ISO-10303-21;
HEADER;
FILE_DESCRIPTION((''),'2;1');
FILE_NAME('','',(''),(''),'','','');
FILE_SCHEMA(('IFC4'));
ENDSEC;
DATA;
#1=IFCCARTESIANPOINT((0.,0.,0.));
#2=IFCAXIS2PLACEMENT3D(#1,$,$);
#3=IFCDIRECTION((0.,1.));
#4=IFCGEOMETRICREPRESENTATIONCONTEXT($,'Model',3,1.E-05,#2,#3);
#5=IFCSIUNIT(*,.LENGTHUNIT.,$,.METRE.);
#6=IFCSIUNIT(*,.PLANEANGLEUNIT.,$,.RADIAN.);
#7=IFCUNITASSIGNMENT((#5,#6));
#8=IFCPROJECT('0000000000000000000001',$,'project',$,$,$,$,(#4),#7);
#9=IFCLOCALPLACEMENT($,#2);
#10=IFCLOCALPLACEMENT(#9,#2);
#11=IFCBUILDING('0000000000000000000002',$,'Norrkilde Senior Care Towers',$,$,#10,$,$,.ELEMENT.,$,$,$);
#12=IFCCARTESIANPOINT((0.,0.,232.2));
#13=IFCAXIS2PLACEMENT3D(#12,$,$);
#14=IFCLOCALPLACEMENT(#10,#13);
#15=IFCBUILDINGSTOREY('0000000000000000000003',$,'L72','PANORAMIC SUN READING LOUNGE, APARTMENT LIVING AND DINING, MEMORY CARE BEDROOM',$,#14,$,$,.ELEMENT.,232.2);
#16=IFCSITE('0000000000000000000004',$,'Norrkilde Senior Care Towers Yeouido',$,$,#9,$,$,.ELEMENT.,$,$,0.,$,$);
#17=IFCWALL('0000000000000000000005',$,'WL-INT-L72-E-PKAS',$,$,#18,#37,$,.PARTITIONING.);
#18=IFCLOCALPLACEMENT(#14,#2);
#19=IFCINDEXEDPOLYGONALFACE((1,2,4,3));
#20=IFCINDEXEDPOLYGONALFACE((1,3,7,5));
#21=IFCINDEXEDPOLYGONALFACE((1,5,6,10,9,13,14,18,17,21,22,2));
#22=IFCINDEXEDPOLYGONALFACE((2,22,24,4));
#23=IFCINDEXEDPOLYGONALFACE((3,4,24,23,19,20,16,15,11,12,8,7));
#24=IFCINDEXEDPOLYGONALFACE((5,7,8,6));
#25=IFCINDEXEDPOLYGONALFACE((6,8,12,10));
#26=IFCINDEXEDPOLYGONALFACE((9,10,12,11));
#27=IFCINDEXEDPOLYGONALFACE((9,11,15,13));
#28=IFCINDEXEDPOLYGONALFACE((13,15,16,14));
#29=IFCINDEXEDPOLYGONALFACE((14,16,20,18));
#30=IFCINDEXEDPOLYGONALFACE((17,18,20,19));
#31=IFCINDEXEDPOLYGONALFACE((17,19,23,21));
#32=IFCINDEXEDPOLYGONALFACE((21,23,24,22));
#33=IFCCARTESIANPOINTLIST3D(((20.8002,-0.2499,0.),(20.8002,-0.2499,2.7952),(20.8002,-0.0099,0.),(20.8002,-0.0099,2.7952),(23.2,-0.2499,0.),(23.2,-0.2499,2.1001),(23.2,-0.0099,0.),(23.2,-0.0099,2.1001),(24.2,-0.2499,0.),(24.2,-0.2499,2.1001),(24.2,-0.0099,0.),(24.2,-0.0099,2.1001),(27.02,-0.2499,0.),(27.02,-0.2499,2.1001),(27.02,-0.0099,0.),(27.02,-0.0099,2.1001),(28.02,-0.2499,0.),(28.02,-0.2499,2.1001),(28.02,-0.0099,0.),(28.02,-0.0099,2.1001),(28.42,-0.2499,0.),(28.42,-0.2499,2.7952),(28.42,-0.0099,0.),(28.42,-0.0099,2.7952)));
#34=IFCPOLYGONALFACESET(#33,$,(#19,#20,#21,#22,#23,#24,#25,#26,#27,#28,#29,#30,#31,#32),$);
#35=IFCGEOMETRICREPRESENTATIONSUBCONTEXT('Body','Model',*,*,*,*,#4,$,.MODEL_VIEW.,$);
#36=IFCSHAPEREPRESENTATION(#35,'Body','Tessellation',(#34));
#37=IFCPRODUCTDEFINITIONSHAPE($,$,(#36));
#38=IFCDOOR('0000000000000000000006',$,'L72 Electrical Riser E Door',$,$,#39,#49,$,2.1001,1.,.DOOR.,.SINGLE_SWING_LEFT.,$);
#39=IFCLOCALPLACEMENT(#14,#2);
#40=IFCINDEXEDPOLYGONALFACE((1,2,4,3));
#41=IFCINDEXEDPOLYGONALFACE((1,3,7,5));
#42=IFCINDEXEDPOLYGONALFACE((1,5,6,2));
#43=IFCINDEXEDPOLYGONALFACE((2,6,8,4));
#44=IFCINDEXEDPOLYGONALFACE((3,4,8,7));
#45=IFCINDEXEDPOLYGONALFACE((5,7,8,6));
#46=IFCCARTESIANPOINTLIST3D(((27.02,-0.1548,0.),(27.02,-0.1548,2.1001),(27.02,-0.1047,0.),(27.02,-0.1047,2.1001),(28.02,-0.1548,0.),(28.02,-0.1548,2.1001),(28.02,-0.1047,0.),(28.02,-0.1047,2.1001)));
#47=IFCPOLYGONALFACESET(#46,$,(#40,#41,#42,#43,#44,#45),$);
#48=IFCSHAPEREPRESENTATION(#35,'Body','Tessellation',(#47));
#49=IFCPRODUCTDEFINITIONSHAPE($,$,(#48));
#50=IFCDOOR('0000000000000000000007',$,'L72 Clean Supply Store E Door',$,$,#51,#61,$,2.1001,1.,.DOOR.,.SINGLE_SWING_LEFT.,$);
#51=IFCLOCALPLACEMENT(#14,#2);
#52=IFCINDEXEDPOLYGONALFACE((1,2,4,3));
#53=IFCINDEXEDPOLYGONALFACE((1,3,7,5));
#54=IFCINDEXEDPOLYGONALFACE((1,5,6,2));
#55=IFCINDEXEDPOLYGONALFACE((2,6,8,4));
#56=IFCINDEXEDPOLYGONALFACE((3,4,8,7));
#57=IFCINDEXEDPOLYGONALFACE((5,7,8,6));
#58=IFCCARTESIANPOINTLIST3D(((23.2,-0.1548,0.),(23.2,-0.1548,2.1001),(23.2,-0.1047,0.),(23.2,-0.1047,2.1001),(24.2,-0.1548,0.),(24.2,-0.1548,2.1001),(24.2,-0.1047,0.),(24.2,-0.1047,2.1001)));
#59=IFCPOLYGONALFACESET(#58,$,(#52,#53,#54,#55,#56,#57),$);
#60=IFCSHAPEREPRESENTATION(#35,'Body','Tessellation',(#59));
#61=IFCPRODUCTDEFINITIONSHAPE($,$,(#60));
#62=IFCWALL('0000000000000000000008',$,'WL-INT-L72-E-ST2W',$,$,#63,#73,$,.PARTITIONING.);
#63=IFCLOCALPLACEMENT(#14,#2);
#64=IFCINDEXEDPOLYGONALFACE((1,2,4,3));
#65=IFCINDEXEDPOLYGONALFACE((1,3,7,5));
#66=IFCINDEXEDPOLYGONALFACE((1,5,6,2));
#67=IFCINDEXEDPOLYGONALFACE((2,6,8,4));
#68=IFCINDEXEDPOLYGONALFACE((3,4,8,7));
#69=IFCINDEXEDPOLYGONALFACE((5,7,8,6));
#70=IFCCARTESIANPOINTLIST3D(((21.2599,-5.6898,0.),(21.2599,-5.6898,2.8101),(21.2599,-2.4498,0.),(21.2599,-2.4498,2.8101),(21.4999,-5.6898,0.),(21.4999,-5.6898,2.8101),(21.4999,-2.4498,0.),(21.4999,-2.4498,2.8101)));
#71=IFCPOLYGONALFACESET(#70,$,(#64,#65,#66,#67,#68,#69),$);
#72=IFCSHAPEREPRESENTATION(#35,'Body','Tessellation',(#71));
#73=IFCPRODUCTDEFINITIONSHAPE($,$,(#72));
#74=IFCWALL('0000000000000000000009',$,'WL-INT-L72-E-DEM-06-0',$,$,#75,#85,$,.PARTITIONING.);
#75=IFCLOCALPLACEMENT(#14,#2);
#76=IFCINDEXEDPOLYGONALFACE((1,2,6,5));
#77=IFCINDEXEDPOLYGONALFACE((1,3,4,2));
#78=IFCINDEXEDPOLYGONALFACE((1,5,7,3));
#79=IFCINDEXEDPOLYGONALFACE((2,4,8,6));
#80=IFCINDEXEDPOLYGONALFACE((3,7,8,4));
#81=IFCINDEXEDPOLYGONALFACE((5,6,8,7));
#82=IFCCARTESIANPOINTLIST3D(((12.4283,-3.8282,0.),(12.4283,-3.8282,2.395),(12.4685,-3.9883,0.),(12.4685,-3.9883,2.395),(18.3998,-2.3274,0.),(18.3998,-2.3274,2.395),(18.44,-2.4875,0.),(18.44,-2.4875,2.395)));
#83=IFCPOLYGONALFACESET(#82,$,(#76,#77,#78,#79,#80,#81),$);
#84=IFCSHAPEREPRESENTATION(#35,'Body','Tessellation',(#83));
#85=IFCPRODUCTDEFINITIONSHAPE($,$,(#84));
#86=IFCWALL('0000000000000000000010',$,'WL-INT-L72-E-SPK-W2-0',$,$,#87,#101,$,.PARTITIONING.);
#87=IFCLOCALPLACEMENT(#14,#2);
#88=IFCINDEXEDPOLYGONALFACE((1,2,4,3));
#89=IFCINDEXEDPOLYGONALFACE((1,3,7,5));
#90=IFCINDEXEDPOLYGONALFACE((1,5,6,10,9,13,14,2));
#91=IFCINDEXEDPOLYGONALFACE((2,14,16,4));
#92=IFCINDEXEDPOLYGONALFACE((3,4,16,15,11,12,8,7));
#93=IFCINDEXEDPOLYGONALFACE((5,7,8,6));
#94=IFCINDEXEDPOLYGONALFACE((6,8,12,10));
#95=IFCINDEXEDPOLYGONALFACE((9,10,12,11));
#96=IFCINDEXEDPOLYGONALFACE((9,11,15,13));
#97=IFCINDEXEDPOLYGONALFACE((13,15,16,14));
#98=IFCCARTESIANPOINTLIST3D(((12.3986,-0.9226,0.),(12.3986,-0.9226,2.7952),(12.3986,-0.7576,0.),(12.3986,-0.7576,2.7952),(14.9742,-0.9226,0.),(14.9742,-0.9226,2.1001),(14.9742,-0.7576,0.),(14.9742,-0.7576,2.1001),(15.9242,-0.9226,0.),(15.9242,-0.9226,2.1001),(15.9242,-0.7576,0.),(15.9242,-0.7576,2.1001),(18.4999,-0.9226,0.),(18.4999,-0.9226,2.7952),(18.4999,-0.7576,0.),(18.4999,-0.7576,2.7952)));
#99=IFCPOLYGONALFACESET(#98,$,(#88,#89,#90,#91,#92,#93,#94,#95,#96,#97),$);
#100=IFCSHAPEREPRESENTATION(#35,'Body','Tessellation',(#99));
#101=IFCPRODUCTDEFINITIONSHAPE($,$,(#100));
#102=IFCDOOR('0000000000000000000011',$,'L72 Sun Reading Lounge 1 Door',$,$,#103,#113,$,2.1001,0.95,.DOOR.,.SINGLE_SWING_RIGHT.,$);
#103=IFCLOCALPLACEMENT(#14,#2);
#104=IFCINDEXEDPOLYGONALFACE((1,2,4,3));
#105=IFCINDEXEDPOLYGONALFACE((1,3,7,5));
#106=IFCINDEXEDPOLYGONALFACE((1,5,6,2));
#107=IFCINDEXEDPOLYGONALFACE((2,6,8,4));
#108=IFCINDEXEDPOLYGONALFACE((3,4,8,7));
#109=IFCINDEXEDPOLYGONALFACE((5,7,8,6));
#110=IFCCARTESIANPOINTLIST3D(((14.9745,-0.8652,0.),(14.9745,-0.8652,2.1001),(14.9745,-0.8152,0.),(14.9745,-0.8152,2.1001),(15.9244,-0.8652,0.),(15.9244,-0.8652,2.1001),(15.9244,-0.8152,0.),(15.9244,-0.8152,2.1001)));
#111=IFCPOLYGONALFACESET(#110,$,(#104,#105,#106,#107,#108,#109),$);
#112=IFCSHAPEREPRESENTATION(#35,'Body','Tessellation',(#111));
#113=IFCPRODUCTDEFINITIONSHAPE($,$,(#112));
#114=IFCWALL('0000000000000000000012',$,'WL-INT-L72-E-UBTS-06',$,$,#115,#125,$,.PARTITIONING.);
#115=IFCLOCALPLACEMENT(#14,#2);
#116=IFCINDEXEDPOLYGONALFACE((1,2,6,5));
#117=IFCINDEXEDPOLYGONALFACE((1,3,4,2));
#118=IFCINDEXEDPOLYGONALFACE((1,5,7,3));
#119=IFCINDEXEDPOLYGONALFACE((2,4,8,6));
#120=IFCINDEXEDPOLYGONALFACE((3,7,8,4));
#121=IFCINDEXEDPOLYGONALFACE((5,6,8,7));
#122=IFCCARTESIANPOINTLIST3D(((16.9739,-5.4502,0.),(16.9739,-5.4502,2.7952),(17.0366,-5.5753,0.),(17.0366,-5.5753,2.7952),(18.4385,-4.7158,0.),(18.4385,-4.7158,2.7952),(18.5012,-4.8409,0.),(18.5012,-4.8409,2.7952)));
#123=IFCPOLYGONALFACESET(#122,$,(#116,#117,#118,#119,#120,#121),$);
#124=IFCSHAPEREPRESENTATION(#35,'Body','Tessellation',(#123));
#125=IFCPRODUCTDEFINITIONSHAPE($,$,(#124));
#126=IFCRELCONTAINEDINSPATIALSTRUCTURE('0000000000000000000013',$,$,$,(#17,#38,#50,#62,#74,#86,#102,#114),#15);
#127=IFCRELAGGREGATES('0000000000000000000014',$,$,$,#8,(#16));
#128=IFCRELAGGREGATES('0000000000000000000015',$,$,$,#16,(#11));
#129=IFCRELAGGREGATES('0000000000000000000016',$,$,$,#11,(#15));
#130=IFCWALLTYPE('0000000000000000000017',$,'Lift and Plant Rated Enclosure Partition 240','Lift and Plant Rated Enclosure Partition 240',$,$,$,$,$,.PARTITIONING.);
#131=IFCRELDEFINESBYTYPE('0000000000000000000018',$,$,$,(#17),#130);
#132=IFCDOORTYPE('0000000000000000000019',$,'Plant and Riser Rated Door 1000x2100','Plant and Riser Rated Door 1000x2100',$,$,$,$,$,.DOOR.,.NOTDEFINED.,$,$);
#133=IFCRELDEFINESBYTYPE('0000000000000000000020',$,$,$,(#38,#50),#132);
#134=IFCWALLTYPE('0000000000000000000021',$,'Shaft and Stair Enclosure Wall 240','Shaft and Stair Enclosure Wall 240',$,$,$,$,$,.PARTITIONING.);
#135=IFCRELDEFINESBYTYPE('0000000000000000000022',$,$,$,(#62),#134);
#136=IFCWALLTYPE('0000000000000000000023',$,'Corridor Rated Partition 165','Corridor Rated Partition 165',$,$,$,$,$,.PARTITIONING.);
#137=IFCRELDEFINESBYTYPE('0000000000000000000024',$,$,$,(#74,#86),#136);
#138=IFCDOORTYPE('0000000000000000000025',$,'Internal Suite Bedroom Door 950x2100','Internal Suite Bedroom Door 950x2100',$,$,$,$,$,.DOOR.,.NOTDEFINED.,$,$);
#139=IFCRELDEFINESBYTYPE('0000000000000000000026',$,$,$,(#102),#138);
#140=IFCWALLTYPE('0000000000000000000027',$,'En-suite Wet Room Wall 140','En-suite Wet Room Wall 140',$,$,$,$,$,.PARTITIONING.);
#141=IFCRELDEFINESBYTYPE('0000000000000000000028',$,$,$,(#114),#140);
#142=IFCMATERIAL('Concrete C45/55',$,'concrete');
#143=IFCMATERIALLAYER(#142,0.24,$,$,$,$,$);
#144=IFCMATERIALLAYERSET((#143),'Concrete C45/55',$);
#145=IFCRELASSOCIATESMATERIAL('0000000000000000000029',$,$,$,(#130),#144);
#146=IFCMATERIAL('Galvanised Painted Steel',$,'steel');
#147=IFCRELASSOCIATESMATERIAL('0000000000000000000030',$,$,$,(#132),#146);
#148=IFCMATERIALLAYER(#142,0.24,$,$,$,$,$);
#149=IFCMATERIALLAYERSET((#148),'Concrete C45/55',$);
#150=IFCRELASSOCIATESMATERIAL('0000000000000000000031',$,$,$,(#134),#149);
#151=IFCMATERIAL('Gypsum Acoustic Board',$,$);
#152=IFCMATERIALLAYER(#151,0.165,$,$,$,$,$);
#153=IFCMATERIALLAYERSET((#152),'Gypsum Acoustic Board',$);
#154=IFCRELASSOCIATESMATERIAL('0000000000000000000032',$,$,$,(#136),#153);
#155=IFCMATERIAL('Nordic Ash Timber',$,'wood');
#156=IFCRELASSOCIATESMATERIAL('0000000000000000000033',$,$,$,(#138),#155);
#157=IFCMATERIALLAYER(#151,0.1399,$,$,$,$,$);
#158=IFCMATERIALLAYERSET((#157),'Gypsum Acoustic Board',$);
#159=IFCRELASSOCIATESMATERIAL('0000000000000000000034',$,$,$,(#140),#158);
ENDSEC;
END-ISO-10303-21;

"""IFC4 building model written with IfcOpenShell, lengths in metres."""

from ifc_helpers import new_model, si_unit, direction, frame, frame_2d, origin, place, context, subcontext, project, spatial, rectangle, extrude, source, transform, mapped, material, layer, layer_set, type_object, type_shapes, element, fill, save


model = new_model("IFC4")

# Units and contexts
model_context = context("Model", 3, precision=1e-05, world=origin(), true_north=direction((0.0, 1.0)))
body_context = subcontext(model_context, "Body", "Model", "MODEL_VIEW")
ifc_project = project(units=[si_unit("LENGTHUNIT", "METRE"), si_unit("PLANEANGLEUNIT", "RADIAN")], contexts=[model_context])

# Site, building, storey
site_placement = place(None, origin())
site = spatial("IfcSite", under=ifc_project, at=site_placement, Name="Norrkilde Senior Care Towers Yeouido", CompositionType="ELEMENT", RefElevation=0.0)
building_placement = place(site_placement, origin())
building = spatial("IfcBuilding", under=site, at=building_placement, Name="Norrkilde Senior Care Towers", CompositionType="ELEMENT")
storey_placement = place(building_placement, frame((0.0, 0.0, 232.2)))
storey = spatial("IfcBuildingStorey", under=building, at=storey_placement, Name="L72", Description="PANORAMIC SUN READING LOUNGE, APARTMENT LIVING AND DINING, MEMORY CARE BEDROOM", CompositionType="ELEMENT", Elevation=232.2)

# Shared definitions
ifc_material_1 = material(Name="Galvanised Painted Steel", Category="steel")

# Wall, openings, doors
ifc_material_2 = material(Name="Concrete C45/55", Category="concrete")
ifc_layer_1 = layer(ifc_material_2, 0.24)
ifc_layer_set_1 = layer_set([ifc_layer_1], Name="Concrete C45/55")
wall_type_1 = type_object("IfcWallType", Name="Lift and Plant Rated Enclosure Partition 240", Description="Lift and Plant Rated Enclosure Partition 240", PredefinedType="PARTITIONING", material=ifc_layer_set_1)
shared_shape_1 = source(origin(), body_context, "Body", "SweptSolid", [
    extrude(rectangle(XDim=7.6199, YDim=0.24, at=frame_2d((3.8101, 0.0))), origin(), (0.0, 0.0, 1.0), 2.7952),
])
type_shapes(wall_type_1, [shared_shape_1])
wall_1_placement = place(storey_placement, frame((20.8, -0.1299, 0.0), z_axis=(0.0, 0.0, 1.0), x_axis=(1.0, 0.0, 0.0)))
wall_1 = element("IfcWall", 1, at=wall_1_placement, inside=storey, type_object=wall_type_1, Name="WL-INT-L72-E-PKAS", PredefinedType="PARTITIONING", context=body_context, shape_type="MappedRepresentation", body=[
    mapped(shared_shape_1, transform((0.0, 0.0, 0.0), x_axis=(1.0, 0.0, 0.0), y_axis=(0.0, 1.0, 0.0), z_axis=(0.0, 0.0, 1.0), scale=1.0)),
])
opening_1_placement = place(wall_1_placement, frame((6.22, 0.0, 0.0)))
opening_1 = element("IfcOpeningElement", 2, at=opening_1_placement, cuts=wall_1, PredefinedType="OPENING", context=body_context, shape_type="SweptSolid", body=[
    extrude(rectangle(XDim=1.0, YDim=2.1001, at=frame_2d((0.5, 1.05))), frame((0.0, 0.1299, 0.0), z_axis=(0.0, -1.0, 0.0), x_axis=(1.0, 0.0, 0.0)), (0.0, 0.0, 1.0), 0.26),
])
opening_2_placement = place(wall_1_placement, frame((2.3999, 0.0, 0.0)))
opening_2 = element("IfcOpeningElement", 3, at=opening_2_placement, cuts=wall_1, PredefinedType="OPENING", context=body_context, shape_type="SweptSolid", body=[
    extrude(rectangle(XDim=1.0, YDim=2.1001, at=frame_2d((0.5, 1.05))), frame((0.0, 0.1299, 0.0), z_axis=(0.0, -1.0, 0.0), x_axis=(1.0, 0.0, 0.0)), (0.0, 0.0, 1.0), 0.26),
])
door_type_1 = type_object("IfcDoorType", Name="Plant and Riser Rated Door 1000x2100", Description="Plant and Riser Rated Door 1000x2100", OperationType="NOTDEFINED", PredefinedType="DOOR", material=ifc_material_1)
shared_shape_2 = source(origin(), body_context, "Body", "SweptSolid", [
    extrude(rectangle(XDim=1.0, YDim=2.1001, at=frame_2d((0.5, 1.05))), frame((0.0, 0.0249, 0.0), z_axis=(0.0, -1.0, 0.0), x_axis=(1.0, 0.0, 0.0)), (0.0, 0.0, 1.0), 0.05),
])
type_shapes(door_type_1, [shared_shape_2])
door_1_placement = place(opening_1_placement, frame((1.0, 0.0, 0.0), z_axis=(0.0, 0.0, 1.0), x_axis=(-1.0, 0.0, 0.0)))
door_1 = element("IfcDoor", 4, at=door_1_placement, inside=storey, type_object=door_type_1, Name="L72 Electrical Riser E Door", OperationType="SINGLE_SWING_LEFT", OverallHeight=2.1001, OverallWidth=1.0, PredefinedType="DOOR", context=body_context, shape_type="MappedRepresentation", body=[
    mapped(shared_shape_2, transform((0.0, 0.0, 0.0), x_axis=(1.0, 0.0, 0.0), y_axis=(0.0, 1.0, 0.0), z_axis=(0.0, 0.0, 1.0), scale=1.0)),
])
fill(opening_1, door_1)
door_2_placement = place(opening_2_placement, frame((1.0, 0.0, 0.0), z_axis=(0.0, 0.0, 1.0), x_axis=(-1.0, 0.0, 0.0)))
door_2 = element("IfcDoor", 5, at=door_2_placement, inside=storey, type_object=door_type_1, Name="L72 Clean Supply Store E Door", OperationType="SINGLE_SWING_LEFT", OverallHeight=2.1001, OverallWidth=1.0, PredefinedType="DOOR", context=body_context, shape_type="MappedRepresentation", body=[
    mapped(shared_shape_2, transform((0.0, 0.0, 0.0), x_axis=(1.0, 0.0, 0.0), y_axis=(0.0, 1.0, 0.0), z_axis=(0.0, 0.0, 1.0), scale=1.0)),
])
fill(opening_2, door_2)

# Shared definitions
ifc_layer_2 = layer(ifc_material_2, 0.24)
ifc_layer_set_2 = layer_set([ifc_layer_2], Name="Concrete C45/55")
wall_type_2 = type_object("IfcWallType", Name="Shaft and Stair Enclosure Wall 240", Description="Shaft and Stair Enclosure Wall 240", PredefinedType="PARTITIONING", material=ifc_layer_set_2)

# Walls
shared_shape_3 = source(origin(), body_context, "Body", "SweptSolid", [
    extrude(rectangle(XDim=3.24, YDim=0.24, at=frame_2d((1.6201, 0.0))), origin(), (0.0, 0.0, 1.0), 2.8101),
])
wall_2_placement = place(storey_placement, frame((21.3799, -5.6899, 0.0), z_axis=(0.0, 0.0, 1.0), x_axis=(0.0, 1.0, 0.0)))
element("IfcWall", 6, at=wall_2_placement, inside=storey, type_object=wall_type_2, Name="WL-INT-L72-E-ST2W", PredefinedType="PARTITIONING", context=body_context, shape_type="MappedRepresentation", body=[
    mapped(shared_shape_3, transform((0.0, 0.0, 0.0), x_axis=(1.0, 0.0, 0.0), y_axis=(0.0, 1.0, 0.0), z_axis=(0.0, 0.0, 1.0), scale=1.0)),
])
ifc_material_3 = material(Name="Gypsum Acoustic Board")
ifc_layer_3 = layer(ifc_material_3, 0.165)
ifc_layer_set_3 = layer_set([ifc_layer_3], Name="Gypsum Acoustic Board")
wall_type_3 = type_object("IfcWallType", Name="Corridor Rated Partition 165", Description="Corridor Rated Partition 165", PredefinedType="PARTITIONING", material=ifc_layer_set_3)
shared_shape_4 = source(origin(), body_context, "Body", "SweptSolid", [
    extrude(rectangle(XDim=6.1572, YDim=0.165, at=frame_2d((3.0786, 0.0))), origin(), (0.0, 0.0, 1.0), 2.395),
])
wall_3_placement = place(storey_placement, frame((18.4199, -2.4075, 0.0), z_axis=(0.0, 0.0, 1.0), x_axis=(-0.969841, -0.243739, 0.0)))
element("IfcWall", 7, at=wall_3_placement, inside=storey, type_object=wall_type_3, Name="WL-INT-L72-E-DEM-06-0", PredefinedType="PARTITIONING", context=body_context, shape_type="MappedRepresentation", body=[
    mapped(shared_shape_4, transform((0.0, 0.0, 0.0), x_axis=(1.0, 0.0, 0.0), y_axis=(0.0, 1.0, 0.0), z_axis=(0.0, 0.0, 1.0), scale=1.0)),
])

# Wall, opening, door
shared_shape_5 = source(origin(), body_context, "Body", "SweptSolid", [
    extrude(rectangle(XDim=6.1013, YDim=0.165, at=frame_2d((3.0508, 0.0))), origin(), (0.0, 0.0, 1.0), 2.7952),
])
type_shapes(wall_type_3, [shared_shape_4, shared_shape_5])
wall_4_placement = place(storey_placement, frame((18.5, -0.8401, 0.0), z_axis=(0.0, 0.0, 1.0), x_axis=(-1.0, 0.0, 0.0)))
wall_4 = element("IfcWall", 8, at=wall_4_placement, inside=storey, type_object=wall_type_3, Name="WL-INT-L72-E-SPK-W2-0", PredefinedType="PARTITIONING", context=body_context, shape_type="MappedRepresentation", body=[
    mapped(shared_shape_5, transform((0.0, 0.0, 0.0), x_axis=(1.0, 0.0, 0.0), y_axis=(0.0, 1.0, 0.0), z_axis=(0.0, 0.0, 1.0), scale=1.0)),
])
opening_3_placement = place(wall_4_placement, frame((2.5757, 0.0, 0.0)))
opening_3 = element("IfcOpeningElement", 9, at=opening_3_placement, cuts=wall_4, PredefinedType="OPENING", context=body_context, shape_type="SweptSolid", body=[
    extrude(rectangle(XDim=0.95, YDim=2.1001, at=frame_2d((0.4751, 1.05))), frame((0.0, 0.0925, 0.0), z_axis=(0.0, -1.0, 0.0), x_axis=(1.0, 0.0, 0.0)), (0.0, 0.0, 1.0), 0.1851),
])
ifc_material_4 = material(Name="Nordic Ash Timber", Category="wood")
door_type_2 = type_object("IfcDoorType", Name="Internal Suite Bedroom Door 950x2100", Description="Internal Suite Bedroom Door 950x2100", OperationType="NOTDEFINED", PredefinedType="DOOR", material=ifc_material_4)
shared_shape_6 = source(origin(), body_context, "Body", "SweptSolid", [
    extrude(rectangle(XDim=0.95, YDim=2.1001, at=frame_2d((0.4751, 1.05))), frame((0.0, 0.0249, 0.0), z_axis=(0.0, -1.0, 0.0), x_axis=(1.0, 0.0, 0.0)), (0.0, 0.0, 1.0), 0.05),
])
type_shapes(door_type_2, [shared_shape_6])
door_3_placement = place(opening_3_placement, frame((0.95, 0.0, 0.0), z_axis=(0.0, 0.0, 1.0), x_axis=(-1.0, 0.0, 0.0)))
door_3 = element("IfcDoor", 10, at=door_3_placement, inside=storey, type_object=door_type_2, Name="L72 Sun Reading Lounge 1 Door", OperationType="SINGLE_SWING_RIGHT", OverallHeight=2.1001, OverallWidth=0.95, PredefinedType="DOOR", context=body_context, shape_type="MappedRepresentation", body=[
    mapped(shared_shape_6, transform((0.0, 0.0, 0.0), x_axis=(1.0, 0.0, 0.0), y_axis=(0.0, 1.0, 0.0), z_axis=(0.0, 0.0, 1.0), scale=1.0)),
])
fill(opening_3, door_3)

# Wall
ifc_layer_4 = layer(ifc_material_3, 0.1399)
ifc_layer_set_4 = layer_set([ifc_layer_4], Name="Gypsum Acoustic Board")
wall_type_4 = type_object("IfcWallType", Name="En-suite Wet Room Wall 140", Description="En-suite Wet Room Wall 140", PredefinedType="PARTITIONING", material=ifc_layer_set_4)
shared_shape_7 = source(origin(), body_context, "Body", "SweptSolid", [
    extrude(rectangle(XDim=1.6384, YDim=0.1399, at=frame_2d((0.8193, 0.0))), origin(), (0.0, 0.0, 1.0), 2.7952),
])
wall_5_placement = place(storey_placement, frame((18.47, -4.7783, 0.0), z_axis=(0.0, 0.0, 1.0), x_axis=(-0.89392, -0.448227, 0.0)))
element("IfcWall", 11, at=wall_5_placement, inside=storey, type_object=wall_type_4, Name="WL-INT-L72-E-UBTS-06", PredefinedType="PARTITIONING", context=body_context, shape_type="MappedRepresentation", body=[
    mapped(shared_shape_7, transform((0.0, 0.0, 0.0), x_axis=(1.0, 0.0, 0.0), y_axis=(0.0, 1.0, 0.0), z_axis=(0.0, 0.0, 1.0), scale=1.0)),
])

save(model, "model.ifc")
